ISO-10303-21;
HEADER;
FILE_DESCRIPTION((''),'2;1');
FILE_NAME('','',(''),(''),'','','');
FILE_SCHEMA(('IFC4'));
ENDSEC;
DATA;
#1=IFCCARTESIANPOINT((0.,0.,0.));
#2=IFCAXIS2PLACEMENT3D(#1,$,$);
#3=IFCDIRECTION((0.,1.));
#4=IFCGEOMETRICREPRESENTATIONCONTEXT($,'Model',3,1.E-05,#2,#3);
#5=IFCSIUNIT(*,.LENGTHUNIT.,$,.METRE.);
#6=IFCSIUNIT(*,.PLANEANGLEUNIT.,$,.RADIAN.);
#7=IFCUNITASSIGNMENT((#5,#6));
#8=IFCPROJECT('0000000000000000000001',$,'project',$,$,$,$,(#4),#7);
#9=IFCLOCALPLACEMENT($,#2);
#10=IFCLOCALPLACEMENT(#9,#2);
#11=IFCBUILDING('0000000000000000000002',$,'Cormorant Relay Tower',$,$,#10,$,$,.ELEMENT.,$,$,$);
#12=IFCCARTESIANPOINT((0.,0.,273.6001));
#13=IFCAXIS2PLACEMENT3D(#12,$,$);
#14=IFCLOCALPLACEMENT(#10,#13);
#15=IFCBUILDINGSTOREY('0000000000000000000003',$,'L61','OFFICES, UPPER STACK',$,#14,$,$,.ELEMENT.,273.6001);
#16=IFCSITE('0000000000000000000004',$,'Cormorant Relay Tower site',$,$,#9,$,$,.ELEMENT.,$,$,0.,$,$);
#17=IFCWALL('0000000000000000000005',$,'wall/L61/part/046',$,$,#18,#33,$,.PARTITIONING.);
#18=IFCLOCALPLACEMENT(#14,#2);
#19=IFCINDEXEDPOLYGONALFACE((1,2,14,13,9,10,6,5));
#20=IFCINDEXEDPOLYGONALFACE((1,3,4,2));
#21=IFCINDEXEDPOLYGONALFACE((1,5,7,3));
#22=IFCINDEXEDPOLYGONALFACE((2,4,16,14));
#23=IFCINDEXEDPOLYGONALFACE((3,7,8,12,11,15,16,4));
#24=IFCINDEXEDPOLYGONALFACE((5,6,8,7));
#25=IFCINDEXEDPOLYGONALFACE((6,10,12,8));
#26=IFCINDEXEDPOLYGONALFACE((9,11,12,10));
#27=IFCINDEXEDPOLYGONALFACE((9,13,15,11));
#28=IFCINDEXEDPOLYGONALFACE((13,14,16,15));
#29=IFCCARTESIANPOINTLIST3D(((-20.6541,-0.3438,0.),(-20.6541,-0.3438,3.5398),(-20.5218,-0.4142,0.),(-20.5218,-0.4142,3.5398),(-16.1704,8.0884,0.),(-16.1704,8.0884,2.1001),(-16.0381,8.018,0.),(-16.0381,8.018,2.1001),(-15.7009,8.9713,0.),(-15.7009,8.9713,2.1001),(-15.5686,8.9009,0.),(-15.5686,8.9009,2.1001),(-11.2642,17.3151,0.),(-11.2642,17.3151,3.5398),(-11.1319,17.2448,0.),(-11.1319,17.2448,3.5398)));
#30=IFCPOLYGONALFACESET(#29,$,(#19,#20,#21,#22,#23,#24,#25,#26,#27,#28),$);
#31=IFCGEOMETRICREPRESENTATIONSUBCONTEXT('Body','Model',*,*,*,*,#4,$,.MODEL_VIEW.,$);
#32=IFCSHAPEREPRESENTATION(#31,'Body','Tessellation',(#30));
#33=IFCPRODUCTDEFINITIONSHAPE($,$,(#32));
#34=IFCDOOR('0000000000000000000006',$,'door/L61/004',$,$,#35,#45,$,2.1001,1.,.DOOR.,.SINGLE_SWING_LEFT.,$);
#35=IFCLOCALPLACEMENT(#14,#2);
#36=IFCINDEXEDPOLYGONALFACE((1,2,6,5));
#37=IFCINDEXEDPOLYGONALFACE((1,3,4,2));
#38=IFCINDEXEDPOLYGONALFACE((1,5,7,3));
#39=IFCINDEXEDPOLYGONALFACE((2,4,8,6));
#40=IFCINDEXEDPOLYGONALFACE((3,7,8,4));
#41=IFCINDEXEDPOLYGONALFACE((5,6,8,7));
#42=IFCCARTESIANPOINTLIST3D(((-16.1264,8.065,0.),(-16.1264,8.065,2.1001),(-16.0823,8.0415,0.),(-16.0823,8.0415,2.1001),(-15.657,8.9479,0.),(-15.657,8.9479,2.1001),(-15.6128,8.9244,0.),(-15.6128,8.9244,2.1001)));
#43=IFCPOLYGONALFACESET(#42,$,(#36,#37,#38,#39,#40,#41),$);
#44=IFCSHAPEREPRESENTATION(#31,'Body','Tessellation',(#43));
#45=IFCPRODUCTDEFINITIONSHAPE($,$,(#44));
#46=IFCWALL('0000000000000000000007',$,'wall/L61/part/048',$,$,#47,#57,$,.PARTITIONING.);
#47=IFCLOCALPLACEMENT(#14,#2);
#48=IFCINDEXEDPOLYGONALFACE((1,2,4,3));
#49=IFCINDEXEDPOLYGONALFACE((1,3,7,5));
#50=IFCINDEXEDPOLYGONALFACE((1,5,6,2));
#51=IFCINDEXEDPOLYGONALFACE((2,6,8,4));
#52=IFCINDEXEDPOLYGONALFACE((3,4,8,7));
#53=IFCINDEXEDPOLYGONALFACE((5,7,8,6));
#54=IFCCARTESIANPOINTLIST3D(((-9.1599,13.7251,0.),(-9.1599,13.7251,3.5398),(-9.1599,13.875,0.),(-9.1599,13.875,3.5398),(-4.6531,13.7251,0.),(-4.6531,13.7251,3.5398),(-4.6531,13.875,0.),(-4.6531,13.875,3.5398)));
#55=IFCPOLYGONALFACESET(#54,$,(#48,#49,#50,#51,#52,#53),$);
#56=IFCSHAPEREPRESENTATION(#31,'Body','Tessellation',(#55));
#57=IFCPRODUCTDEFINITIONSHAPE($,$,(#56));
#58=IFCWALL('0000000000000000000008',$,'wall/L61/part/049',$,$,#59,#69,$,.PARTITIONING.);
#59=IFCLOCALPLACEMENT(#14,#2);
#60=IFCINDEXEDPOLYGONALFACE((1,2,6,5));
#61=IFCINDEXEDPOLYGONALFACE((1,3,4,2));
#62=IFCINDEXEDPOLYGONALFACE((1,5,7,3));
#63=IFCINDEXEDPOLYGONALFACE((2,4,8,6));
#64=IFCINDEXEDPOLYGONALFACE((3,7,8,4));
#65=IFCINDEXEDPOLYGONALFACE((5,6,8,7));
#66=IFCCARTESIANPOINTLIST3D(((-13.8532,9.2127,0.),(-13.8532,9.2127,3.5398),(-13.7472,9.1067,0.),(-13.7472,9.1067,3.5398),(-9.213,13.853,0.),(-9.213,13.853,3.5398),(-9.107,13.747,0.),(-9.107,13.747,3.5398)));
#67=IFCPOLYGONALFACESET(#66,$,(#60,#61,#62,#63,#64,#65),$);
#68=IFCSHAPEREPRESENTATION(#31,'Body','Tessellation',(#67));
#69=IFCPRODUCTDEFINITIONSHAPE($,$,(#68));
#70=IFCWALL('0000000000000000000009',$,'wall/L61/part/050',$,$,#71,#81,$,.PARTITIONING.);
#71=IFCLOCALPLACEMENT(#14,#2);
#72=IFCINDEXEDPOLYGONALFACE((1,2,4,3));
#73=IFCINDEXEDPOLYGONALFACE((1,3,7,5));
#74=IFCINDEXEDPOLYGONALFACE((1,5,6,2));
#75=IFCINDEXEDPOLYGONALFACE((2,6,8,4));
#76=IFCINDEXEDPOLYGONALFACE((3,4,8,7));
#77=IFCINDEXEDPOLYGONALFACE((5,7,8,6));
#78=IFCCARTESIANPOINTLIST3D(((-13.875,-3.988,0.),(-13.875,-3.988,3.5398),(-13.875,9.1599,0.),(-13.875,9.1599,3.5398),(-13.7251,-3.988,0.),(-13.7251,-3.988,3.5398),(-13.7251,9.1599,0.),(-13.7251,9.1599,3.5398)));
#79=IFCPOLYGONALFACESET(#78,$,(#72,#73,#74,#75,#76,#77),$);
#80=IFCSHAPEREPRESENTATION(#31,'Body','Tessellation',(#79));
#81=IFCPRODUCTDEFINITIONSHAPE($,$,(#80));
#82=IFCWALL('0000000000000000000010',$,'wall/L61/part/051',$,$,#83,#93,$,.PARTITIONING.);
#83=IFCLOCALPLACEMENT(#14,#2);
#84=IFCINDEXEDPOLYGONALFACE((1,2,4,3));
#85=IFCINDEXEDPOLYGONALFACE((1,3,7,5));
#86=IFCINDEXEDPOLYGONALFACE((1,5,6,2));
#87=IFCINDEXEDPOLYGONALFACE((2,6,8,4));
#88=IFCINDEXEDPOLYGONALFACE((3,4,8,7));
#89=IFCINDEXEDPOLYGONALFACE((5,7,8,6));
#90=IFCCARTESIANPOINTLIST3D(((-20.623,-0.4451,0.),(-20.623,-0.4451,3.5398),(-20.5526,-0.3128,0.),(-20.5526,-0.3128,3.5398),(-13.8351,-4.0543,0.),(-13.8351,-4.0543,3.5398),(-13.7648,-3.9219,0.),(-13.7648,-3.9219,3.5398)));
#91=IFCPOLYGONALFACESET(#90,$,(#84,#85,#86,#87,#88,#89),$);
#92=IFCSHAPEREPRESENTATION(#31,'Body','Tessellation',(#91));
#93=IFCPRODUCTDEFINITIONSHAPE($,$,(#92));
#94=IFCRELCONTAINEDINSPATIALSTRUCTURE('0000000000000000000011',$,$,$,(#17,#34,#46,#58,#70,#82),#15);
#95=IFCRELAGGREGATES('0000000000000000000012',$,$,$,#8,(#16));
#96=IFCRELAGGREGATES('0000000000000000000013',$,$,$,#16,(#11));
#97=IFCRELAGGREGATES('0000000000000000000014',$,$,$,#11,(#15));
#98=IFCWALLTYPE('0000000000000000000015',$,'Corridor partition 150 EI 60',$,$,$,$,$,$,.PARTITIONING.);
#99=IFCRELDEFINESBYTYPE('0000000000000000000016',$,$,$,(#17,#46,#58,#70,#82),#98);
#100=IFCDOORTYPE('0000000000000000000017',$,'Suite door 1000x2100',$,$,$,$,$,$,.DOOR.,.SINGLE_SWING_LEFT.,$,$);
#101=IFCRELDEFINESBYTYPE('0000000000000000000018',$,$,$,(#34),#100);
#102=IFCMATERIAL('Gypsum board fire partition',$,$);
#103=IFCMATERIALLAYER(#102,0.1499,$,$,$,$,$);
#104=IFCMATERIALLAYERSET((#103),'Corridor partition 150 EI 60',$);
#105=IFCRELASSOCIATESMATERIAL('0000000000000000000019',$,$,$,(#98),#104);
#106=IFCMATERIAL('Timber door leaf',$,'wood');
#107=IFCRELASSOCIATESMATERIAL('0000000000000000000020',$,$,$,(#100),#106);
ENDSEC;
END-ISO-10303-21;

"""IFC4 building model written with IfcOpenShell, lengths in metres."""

from ifc_helpers import new_model, si_unit, direction, frame, frame_2d, origin, place, context, subcontext, project, spatial, rectangle, extrude, material, layer, layer_set, type_object, element, fill, save


model = new_model("IFC4")

# Units and contexts
model_context = context("Model", 3, precision=1e-05, world=origin(), true_north=direction((0.0, 1.0)))
body_context = subcontext(model_context, "Body", "Model", "MODEL_VIEW")
ifc_project = project(units=[si_unit("LENGTHUNIT", "METRE"), si_unit("PLANEANGLEUNIT", "RADIAN")], contexts=[model_context])

# Site, building, storey
site_placement = place(None, origin())
site = spatial("IfcSite", under=ifc_project, at=site_placement, Name="Cormorant Relay Tower site", CompositionType="ELEMENT", RefElevation=0.0)
building_placement = place(site_placement, origin())
building = spatial("IfcBuilding", under=site, at=building_placement, Name="Cormorant Relay Tower", CompositionType="ELEMENT")
storey_placement = place(building_placement, frame((0.0, 0.0, 273.6001)))
storey = spatial("IfcBuildingStorey", under=building, at=storey_placement, Name="L61", Description="OFFICES, UPPER STACK", CompositionType="ELEMENT", Elevation=273.6001)

# Wall, opening, door
ifc_material_1 = material(Name="Gypsum board fire partition")
ifc_layer_1 = layer(ifc_material_1, 0.1499)
ifc_layer_set_1 = layer_set([ifc_layer_1], Name="Corridor partition 150 EI 60")
wall_type_1 = type_object("IfcWallType", Name="Corridor partition 150 EI 60", PredefinedType="PARTITIONING", material=ifc_layer_set_1)
wall_1_placement = place(storey_placement, frame((-20.5879, -0.3789, 0.0), z_axis=(0.0, 0.0, 1.0), x_axis=(0.46949, 0.882938, 0.0)))
wall_1 = element("IfcWall", 1, at=wall_1_placement, inside=storey, type_object=wall_type_1, Name="wall/L61/part/046", PredefinedType="PARTITIONING", context=body_context, shape_type="SweptSolid", body=[
    extrude(rectangle(XDim=20.0002, YDim=0.1499, at=frame_2d((10.0, 0.0))), origin(), (0.0, 0.0, 1.0), 3.5398),
])
opening_1_placement = place(wall_1_placement, frame((9.55, 0.0, 0.0)))
opening_1 = element("IfcOpeningElement", 2, at=opening_1_placement, cuts=wall_1, PredefinedType="OPENING", context=body_context, shape_type="SweptSolid", body=[
    extrude(rectangle(XDim=1.0, YDim=2.1001, at=frame_2d((0.5, 1.05))), frame((0.0, 0.085, 0.0), z_axis=(0.0, -1.0, 0.0), x_axis=(1.0, 0.0, 0.0)), (0.0, 0.0, 1.0), 0.1699),
])
ifc_material_2 = material(Name="Timber door leaf", Category="wood")
door_type_1 = type_object("IfcDoorType", Name="Suite door 1000x2100", OperationType="SINGLE_SWING_LEFT", PredefinedType="DOOR", material=ifc_material_2)
door_1_placement = place(opening_1_placement, frame((1.0, 0.0, 0.0), z_axis=(0.0, 0.0, 1.0), x_axis=(-1.0, 0.0, 0.0)))
door_1 = element("IfcDoor", 3, at=door_1_placement, inside=storey, type_object=door_type_1, Name="door/L61/004", OperationType="SINGLE_SWING_LEFT", OverallHeight=2.1001, OverallWidth=1.0, PredefinedType="DOOR", context=body_context, shape_type="SweptSolid", body=[
    extrude(rectangle(XDim=1.0, YDim=2.1001, at=frame_2d((0.5, 1.05))), frame((0.0, 0.0249, 0.0), z_axis=(0.0, -1.0, 0.0), x_axis=(1.0, 0.0, 0.0)), (0.0, 0.0, 1.0), 0.05),
])
fill(opening_1, door_1)

# Walls
wall_2_placement = place(storey_placement, frame((-4.6531, 13.8, 0.0), z_axis=(0.0, 0.0, 1.0), x_axis=(-1.0, 0.0, 0.0)))
element("IfcWall", 4, at=wall_2_placement, inside=storey, type_object=wall_type_1, Name="wall/L61/part/048", PredefinedType="PARTITIONING", context=body_context, shape_type="SweptSolid", body=[
    extrude(rectangle(XDim=4.5068, YDim=0.1499, at=frame_2d((2.2534, 0.0))), origin(), (0.0, 0.0, 1.0), 3.5398),
])
wall_3_placement = place(storey_placement, frame((-9.1599, 13.8, 0.0), z_axis=(0.0, 0.0, 1.0), x_axis=(-0.707107, -0.707107, 0.0)))
element("IfcWall", 5, at=wall_3_placement, inside=storey, type_object=wall_type_1, Name="wall/L61/part/049", PredefinedType="PARTITIONING", context=body_context, shape_type="SweptSolid", body=[
    extrude(rectangle(XDim=6.5623, YDim=0.1499, at=frame_2d((3.2812, 0.0))), origin(), (0.0, 0.0, 1.0), 3.5398),
])
wall_4_placement = place(storey_placement, frame((-13.8, 9.1599, 0.0), z_axis=(0.0, 0.0, 1.0), x_axis=(0.0, -1.0, 0.0)))
element("IfcWall", 6, at=wall_4_placement, inside=storey, type_object=wall_type_1, Name="wall/L61/part/050", PredefinedType="PARTITIONING", context=body_context, shape_type="SweptSolid", body=[
    extrude(rectangle(XDim=13.1479, YDim=0.1499, at=frame_2d((6.574, 0.0))), origin(), (0.0, 0.0, 1.0), 3.5398),
])
wall_5_placement = place(storey_placement, frame((-13.8, -3.988, 0.0), z_axis=(0.0, 0.0, 1.0), x_axis=(-0.882949, 0.469469, 0.0)))
element("IfcWall", 7, at=wall_5_placement, inside=storey, type_object=wall_type_1, Name="wall/L61/part/051", PredefinedType="PARTITIONING", context=body_context, shape_type="SweptSolid", body=[
    extrude(rectangle(XDim=7.6877, YDim=0.1499, at=frame_2d((3.8438, 0.0))), origin(), (0.0, 0.0, 1.0), 3.5398),
])

save(model, "model.ifc")
